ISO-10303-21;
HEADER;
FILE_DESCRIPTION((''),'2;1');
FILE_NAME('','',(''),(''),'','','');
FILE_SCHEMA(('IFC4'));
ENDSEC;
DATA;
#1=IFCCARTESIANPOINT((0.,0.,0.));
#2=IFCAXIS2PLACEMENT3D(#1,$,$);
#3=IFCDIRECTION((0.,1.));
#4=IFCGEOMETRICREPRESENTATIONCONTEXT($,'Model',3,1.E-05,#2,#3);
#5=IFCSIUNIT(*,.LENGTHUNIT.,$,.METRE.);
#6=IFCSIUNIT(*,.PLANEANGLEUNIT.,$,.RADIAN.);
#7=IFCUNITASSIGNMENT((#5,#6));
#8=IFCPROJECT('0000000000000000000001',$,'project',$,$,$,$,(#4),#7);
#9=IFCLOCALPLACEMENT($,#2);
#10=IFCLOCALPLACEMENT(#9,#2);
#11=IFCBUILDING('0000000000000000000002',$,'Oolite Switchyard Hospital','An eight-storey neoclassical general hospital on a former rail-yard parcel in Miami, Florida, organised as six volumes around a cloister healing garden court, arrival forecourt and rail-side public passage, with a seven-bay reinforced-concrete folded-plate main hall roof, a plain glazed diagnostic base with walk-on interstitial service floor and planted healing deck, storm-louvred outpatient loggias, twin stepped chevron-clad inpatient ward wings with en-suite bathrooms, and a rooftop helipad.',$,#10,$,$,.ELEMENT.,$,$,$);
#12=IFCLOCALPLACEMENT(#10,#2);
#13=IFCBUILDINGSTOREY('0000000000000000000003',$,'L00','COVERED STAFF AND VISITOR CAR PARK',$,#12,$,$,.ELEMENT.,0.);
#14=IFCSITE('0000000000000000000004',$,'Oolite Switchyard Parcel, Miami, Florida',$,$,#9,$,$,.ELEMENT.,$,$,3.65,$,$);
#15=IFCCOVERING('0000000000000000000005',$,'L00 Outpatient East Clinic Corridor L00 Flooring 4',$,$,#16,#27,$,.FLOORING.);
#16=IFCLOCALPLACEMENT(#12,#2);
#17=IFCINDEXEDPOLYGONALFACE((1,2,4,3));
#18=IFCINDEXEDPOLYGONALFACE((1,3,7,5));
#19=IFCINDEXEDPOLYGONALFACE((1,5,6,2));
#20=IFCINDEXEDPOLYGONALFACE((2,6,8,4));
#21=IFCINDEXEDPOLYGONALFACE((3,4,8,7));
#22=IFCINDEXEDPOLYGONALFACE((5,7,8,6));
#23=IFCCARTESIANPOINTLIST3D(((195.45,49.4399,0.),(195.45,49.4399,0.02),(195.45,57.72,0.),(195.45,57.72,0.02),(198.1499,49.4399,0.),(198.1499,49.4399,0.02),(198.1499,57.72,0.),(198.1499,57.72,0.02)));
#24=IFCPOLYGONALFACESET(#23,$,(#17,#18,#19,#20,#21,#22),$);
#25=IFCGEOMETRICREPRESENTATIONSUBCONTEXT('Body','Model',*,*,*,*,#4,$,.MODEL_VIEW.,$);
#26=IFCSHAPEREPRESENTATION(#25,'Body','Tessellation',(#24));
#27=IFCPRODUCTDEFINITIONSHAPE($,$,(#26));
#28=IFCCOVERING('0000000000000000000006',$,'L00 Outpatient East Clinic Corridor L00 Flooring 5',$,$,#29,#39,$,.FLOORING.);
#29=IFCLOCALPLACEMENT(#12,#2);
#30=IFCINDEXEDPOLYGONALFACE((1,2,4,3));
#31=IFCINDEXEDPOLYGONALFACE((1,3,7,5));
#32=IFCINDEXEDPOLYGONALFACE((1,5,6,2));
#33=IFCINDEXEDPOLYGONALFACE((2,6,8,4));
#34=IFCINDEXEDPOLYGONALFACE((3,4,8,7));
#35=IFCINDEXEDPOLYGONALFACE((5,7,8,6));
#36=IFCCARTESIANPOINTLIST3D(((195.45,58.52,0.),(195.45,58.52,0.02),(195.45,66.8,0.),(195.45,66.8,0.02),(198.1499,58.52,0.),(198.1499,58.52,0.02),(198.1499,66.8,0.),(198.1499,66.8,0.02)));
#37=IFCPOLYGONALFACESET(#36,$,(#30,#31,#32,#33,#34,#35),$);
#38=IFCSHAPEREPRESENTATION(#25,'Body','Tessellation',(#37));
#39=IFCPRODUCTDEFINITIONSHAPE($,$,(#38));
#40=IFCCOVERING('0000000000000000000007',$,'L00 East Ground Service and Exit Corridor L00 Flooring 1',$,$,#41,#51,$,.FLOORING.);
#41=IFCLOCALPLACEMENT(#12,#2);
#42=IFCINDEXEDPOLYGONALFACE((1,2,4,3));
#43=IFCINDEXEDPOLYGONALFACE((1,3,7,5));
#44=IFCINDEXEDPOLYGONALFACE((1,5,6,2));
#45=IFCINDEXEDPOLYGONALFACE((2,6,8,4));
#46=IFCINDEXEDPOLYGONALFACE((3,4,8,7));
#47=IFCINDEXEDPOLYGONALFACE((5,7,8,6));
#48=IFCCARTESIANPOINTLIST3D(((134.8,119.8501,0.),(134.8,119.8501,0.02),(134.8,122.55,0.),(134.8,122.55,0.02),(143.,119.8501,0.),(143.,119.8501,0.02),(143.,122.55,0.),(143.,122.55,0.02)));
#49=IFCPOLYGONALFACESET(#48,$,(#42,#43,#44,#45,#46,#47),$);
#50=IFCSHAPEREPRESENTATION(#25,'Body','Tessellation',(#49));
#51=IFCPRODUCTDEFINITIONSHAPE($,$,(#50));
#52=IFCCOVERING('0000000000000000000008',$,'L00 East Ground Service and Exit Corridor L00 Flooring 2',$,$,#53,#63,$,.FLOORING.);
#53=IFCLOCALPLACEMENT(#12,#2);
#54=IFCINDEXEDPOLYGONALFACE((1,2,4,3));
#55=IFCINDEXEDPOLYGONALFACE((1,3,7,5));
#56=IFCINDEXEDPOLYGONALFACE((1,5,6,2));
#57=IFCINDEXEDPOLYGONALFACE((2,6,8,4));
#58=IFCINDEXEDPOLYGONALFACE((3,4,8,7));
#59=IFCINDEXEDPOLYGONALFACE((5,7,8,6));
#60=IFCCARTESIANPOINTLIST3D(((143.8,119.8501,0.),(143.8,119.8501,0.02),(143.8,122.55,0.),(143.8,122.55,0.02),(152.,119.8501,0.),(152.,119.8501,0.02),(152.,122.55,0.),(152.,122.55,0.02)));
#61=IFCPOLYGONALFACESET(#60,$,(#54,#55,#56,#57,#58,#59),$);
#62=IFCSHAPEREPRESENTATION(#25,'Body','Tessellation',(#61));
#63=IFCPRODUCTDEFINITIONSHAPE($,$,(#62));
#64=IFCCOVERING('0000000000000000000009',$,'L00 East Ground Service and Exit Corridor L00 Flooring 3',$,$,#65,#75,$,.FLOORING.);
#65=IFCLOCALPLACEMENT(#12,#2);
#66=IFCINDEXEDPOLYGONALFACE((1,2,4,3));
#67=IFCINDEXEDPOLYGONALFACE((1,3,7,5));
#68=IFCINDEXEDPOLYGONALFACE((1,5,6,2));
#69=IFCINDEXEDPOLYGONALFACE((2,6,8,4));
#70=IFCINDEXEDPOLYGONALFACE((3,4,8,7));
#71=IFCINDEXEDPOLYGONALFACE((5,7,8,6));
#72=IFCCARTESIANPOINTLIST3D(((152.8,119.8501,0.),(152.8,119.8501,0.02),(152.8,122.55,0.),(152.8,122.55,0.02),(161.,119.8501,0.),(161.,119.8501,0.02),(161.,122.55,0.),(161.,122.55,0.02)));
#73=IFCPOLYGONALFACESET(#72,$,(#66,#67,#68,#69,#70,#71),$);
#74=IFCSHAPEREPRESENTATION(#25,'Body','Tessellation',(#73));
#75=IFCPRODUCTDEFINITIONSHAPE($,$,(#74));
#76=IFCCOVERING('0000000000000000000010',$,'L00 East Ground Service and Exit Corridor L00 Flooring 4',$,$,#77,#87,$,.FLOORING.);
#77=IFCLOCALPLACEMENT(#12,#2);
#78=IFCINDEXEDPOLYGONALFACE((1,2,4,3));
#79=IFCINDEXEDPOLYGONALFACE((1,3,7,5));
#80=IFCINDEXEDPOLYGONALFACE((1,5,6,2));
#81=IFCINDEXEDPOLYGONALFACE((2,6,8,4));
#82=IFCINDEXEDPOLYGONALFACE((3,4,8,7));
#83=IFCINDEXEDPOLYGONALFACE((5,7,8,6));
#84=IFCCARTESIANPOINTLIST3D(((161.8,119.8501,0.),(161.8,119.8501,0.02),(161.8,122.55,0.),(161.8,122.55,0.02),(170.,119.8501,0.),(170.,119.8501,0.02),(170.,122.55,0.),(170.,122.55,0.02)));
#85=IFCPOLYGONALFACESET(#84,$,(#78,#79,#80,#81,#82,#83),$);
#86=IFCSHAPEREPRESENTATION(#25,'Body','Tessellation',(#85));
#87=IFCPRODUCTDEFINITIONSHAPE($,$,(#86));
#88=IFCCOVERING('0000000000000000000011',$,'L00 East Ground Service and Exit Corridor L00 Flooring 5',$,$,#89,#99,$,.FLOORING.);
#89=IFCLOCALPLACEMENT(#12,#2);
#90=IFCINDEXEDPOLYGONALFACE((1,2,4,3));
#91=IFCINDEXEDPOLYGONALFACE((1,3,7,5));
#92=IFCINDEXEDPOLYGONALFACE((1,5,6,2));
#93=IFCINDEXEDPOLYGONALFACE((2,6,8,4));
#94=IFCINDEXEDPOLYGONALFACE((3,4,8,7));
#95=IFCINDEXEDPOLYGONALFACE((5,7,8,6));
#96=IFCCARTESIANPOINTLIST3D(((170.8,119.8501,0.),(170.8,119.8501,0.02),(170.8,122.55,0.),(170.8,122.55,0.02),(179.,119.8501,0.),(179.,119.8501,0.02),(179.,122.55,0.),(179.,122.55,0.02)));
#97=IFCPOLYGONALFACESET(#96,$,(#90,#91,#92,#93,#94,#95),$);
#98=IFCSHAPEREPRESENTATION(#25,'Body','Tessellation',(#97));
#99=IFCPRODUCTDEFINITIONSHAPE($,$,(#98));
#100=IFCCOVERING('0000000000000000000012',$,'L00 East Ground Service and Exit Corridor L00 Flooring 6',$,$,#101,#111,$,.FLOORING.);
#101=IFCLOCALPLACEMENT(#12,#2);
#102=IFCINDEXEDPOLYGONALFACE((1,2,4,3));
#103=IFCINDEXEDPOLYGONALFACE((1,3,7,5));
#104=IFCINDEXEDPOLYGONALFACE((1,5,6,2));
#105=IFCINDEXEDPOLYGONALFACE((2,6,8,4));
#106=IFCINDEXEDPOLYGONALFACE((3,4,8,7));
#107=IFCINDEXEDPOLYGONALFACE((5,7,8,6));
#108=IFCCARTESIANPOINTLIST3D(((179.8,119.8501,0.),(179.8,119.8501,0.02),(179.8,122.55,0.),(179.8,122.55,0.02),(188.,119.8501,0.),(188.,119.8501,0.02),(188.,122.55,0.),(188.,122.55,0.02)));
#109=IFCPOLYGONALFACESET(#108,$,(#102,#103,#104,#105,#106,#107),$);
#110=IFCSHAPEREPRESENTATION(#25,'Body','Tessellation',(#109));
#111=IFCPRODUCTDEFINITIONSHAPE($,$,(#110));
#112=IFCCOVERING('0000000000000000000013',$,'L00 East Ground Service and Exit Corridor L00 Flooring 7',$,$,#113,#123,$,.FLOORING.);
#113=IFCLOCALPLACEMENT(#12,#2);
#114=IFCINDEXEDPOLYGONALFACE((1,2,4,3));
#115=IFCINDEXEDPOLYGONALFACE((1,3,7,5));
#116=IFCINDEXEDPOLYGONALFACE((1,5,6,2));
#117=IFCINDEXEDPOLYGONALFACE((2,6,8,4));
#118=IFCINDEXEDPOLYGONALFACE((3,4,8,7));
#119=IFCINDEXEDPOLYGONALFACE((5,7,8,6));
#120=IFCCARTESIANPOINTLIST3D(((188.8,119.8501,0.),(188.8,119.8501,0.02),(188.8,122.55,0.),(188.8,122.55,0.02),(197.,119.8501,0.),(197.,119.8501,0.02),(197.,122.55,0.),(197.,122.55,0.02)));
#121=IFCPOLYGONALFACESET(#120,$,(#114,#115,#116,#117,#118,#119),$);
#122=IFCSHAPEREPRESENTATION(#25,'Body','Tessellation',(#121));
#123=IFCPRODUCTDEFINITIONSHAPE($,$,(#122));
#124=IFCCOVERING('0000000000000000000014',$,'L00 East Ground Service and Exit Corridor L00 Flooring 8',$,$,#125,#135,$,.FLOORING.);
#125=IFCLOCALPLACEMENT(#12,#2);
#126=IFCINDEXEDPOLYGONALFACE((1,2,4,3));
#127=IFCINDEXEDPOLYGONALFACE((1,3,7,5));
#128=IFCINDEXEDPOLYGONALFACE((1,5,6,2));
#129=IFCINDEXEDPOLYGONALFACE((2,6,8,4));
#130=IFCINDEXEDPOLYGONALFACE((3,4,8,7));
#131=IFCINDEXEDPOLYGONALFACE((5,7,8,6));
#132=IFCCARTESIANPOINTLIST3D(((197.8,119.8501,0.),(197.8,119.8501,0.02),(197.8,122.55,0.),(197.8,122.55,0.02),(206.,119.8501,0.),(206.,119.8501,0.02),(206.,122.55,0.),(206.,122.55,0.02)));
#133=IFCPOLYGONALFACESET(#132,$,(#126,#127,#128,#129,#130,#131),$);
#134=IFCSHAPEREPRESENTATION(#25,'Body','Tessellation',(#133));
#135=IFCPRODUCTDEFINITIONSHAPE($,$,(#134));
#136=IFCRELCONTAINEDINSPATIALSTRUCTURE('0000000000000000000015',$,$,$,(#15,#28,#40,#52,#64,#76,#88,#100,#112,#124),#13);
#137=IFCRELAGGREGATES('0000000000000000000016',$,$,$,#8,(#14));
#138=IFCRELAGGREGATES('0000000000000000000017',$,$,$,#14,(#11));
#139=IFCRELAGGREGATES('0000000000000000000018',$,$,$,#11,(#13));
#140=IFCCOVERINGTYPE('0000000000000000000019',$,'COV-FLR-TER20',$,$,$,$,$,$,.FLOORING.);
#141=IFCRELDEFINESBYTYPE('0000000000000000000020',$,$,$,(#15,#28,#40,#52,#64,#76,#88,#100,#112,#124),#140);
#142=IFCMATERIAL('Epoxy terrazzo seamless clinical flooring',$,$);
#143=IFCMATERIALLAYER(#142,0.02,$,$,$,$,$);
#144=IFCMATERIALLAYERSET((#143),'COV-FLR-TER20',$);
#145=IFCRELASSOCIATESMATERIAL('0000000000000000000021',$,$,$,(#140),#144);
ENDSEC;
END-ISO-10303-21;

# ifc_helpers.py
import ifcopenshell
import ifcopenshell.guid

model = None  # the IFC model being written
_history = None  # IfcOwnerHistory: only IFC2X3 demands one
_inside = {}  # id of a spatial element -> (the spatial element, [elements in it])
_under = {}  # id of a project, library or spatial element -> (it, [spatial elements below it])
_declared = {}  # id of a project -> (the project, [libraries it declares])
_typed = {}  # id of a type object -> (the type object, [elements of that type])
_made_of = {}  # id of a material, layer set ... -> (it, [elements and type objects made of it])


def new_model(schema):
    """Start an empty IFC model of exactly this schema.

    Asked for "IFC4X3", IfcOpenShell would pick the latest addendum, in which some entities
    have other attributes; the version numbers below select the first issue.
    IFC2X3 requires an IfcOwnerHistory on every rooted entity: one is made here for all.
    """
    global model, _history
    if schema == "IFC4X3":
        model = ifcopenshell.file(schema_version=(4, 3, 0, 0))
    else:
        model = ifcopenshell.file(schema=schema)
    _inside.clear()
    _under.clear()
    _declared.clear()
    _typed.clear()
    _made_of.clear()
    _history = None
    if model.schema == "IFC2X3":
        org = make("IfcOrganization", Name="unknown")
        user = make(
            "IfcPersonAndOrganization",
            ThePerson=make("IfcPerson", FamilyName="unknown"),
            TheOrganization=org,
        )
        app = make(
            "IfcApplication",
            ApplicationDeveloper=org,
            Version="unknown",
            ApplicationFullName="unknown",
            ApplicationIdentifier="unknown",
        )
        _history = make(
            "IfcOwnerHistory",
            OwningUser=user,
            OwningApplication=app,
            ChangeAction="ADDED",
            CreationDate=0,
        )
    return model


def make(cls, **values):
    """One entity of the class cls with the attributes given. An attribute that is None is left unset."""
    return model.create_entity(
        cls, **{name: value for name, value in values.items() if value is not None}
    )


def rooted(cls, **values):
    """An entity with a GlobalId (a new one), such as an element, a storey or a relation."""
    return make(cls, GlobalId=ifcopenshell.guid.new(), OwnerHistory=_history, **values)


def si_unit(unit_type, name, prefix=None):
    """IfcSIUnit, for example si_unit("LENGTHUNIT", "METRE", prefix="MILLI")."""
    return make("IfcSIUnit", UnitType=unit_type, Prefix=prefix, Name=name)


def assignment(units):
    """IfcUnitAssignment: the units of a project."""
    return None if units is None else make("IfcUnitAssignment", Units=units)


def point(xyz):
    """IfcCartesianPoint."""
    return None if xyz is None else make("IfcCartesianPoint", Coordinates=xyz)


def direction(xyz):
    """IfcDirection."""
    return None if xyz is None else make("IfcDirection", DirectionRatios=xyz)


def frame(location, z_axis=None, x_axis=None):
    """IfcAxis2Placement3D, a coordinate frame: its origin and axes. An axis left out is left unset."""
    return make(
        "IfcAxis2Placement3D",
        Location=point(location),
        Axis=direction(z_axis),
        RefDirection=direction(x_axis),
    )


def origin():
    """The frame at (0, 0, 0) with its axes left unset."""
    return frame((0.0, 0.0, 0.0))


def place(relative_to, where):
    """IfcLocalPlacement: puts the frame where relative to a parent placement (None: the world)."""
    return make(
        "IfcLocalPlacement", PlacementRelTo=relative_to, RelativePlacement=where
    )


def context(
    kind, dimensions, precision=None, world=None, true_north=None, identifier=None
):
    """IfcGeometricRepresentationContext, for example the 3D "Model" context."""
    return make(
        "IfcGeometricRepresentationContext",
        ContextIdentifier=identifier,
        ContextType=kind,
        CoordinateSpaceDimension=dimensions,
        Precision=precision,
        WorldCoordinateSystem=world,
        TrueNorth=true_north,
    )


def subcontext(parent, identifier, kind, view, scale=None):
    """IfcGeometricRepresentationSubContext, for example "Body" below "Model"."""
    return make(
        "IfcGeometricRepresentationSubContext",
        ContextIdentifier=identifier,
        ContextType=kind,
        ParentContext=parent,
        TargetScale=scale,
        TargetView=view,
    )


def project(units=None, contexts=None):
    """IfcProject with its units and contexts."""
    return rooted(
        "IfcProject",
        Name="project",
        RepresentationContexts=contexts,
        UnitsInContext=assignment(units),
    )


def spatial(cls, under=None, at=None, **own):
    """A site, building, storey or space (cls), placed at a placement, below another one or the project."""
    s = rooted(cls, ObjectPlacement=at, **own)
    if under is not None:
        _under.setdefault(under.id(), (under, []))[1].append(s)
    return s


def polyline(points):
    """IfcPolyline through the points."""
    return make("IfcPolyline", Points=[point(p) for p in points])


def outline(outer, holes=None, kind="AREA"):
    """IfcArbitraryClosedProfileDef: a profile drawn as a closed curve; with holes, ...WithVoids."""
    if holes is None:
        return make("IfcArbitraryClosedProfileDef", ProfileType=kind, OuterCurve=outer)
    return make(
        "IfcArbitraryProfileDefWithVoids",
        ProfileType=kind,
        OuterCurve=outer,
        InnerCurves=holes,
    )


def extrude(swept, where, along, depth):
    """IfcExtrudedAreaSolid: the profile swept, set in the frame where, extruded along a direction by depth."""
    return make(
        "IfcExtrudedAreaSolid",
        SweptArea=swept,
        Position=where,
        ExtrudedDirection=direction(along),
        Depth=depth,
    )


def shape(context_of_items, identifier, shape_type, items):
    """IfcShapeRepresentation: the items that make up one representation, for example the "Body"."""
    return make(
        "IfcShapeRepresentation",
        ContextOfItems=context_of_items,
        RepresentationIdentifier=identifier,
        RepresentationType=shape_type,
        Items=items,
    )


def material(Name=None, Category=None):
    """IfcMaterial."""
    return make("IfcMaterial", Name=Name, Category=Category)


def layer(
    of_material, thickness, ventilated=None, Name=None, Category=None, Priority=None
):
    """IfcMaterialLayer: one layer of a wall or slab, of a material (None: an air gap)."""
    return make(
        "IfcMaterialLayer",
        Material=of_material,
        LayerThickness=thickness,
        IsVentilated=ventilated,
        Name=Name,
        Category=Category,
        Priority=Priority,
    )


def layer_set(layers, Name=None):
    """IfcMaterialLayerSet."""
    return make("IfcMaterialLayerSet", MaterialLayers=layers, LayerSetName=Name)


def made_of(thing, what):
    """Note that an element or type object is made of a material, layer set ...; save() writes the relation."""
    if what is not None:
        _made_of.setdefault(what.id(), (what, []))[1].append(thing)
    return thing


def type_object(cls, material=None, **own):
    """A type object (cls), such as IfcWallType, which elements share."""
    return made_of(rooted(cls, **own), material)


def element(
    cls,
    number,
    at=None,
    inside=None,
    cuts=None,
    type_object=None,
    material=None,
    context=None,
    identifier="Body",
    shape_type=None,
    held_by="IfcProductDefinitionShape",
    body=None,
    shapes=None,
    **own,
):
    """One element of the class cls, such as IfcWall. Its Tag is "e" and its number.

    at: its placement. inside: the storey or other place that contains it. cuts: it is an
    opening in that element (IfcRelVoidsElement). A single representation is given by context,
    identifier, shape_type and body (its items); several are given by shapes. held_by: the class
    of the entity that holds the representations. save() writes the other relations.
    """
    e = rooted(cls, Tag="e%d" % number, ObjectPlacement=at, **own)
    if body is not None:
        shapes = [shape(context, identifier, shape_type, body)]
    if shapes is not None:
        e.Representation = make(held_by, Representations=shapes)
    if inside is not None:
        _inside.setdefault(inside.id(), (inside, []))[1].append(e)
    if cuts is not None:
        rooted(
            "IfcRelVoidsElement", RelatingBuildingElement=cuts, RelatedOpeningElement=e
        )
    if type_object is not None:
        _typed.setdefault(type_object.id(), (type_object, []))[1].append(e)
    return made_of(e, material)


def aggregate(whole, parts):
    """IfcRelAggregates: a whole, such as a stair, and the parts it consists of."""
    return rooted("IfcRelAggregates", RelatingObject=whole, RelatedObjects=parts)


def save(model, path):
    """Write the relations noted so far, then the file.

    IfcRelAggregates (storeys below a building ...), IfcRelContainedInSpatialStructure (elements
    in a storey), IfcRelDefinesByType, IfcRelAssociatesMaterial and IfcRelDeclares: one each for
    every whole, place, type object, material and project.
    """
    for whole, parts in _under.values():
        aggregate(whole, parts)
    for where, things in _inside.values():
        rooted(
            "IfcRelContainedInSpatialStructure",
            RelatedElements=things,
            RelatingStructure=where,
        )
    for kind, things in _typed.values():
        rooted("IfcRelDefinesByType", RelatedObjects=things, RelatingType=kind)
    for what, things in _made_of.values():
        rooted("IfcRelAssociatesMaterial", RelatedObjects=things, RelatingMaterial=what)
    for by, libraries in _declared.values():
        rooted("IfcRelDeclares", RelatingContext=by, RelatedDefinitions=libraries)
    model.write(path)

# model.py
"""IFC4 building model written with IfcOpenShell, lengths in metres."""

from ifc_helpers import new_model, si_unit, direction, origin, place, context, subcontext, project, spatial, polyline, outline, extrude, material, layer, layer_set, type_object, element, save


model = new_model("IFC4")

# Units and contexts
model_context = context("Model", 3, precision=1e-05, world=origin(), true_north=direction((0.0, 1.0)))
body_context = subcontext(model_context, "Body", "Model", "MODEL_VIEW")
ifc_project = project(units=[si_unit("LENGTHUNIT", "METRE"), si_unit("PLANEANGLEUNIT", "RADIAN")], contexts=[model_context])

# Site, building, storey
site_placement = place(None, origin())
site = spatial("IfcSite", under=ifc_project, at=site_placement, Name="Oolite Switchyard Parcel, Miami, Florida", CompositionType="ELEMENT", RefElevation=3.65)
building_placement = place(site_placement, origin())
building = spatial("IfcBuilding", under=site, at=building_placement, Name="Oolite Switchyard Hospital", Description="An eight-storey neoclassical general hospital on a former rail-yard parcel in Miami, Florida, organised as six volumes around a cloister healing garden court, arrival forecourt and rail-side public passage, with a seven-bay reinforced-concrete folded-plate main hall roof, a plain glazed diagnostic base with walk-on interstitial service floor and planted healing deck, storm-louvred outpatient loggias, twin stepped chevron-clad inpatient ward wings with en-suite bathrooms, and a rooftop helipad.", CompositionType="ELEMENT")
storey_placement = place(building_placement, origin())
storey = spatial("IfcBuildingStorey", under=building, at=storey_placement, Name="L00", Description="COVERED STAFF AND VISITOR CAR PARK", CompositionType="ELEMENT", Elevation=0.0)

# Coverings
ifc_material_1 = material(Name="Epoxy terrazzo seamless clinical flooring")
ifc_layer_1 = layer(ifc_material_1, 0.02)
ifc_layer_set_1 = layer_set([ifc_layer_1], Name="COV-FLR-TER20")
covering_type_1 = type_object("IfcCoveringType", Name="COV-FLR-TER20", PredefinedType="FLOORING", material=ifc_layer_set_1)
covering_1_placement = place(storey_placement, origin())
element("IfcCovering", 1, at=covering_1_placement, inside=storey, type_object=covering_type_1, Name="L00 Outpatient East Clinic Corridor L00 Flooring 4", PredefinedType="FLOORING", context=body_context, shape_type="SweptSolid", body=[
    extrude(outline(polyline([(195.45, 49.4399), (198.1499, 49.4399), (198.1499, 57.72), (195.45, 57.72), (195.45, 49.4399)])), origin(), (0.0, 0.0, 1.0), 0.02),
])
covering_2_placement = place(storey_placement, origin())
element("IfcCovering", 2, at=covering_2_placement, inside=storey, type_object=covering_type_1, Name="L00 Outpatient East Clinic Corridor L00 Flooring 5", PredefinedType="FLOORING", context=body_context, shape_type="SweptSolid", body=[
    extrude(outline(polyline([(195.45, 58.52), (198.1499, 58.52), (198.1499, 66.8), (195.45, 66.8), (195.45, 58.52)])), origin(), (0.0, 0.0, 1.0), 0.02),
])
covering_3_placement = place(storey_placement, origin())
element("IfcCovering", 3, at=covering_3_placement, inside=storey, type_object=covering_type_1, Name="L00 East Ground Service and Exit Corridor L00 Flooring 1", PredefinedType="FLOORING", context=body_context, shape_type="SweptSolid", body=[
    extrude(outline(polyline([(134.8, 119.8501), (143.0, 119.8501), (143.0, 122.55), (134.8, 122.55), (134.8, 119.8501)])), origin(), (0.0, 0.0, 1.0), 0.02),
])
covering_4_placement = place(storey_placement, origin())
element("IfcCovering", 4, at=covering_4_placement, inside=storey, type_object=covering_type_1, Name="L00 East Ground Service and Exit Corridor L00 Flooring 2", PredefinedType="FLOORING", context=body_context, shape_type="SweptSolid", body=[
    extrude(outline(polyline([(143.8, 119.8501), (152.0, 119.8501), (152.0, 122.55), (143.8, 122.55), (143.8, 119.8501)])), origin(), (0.0, 0.0, 1.0), 0.02),
])
covering_5_placement = place(storey_placement, origin())
element("IfcCovering", 5, at=covering_5_placement, inside=storey, type_object=covering_type_1, Name="L00 East Ground Service and Exit Corridor L00 Flooring 3", PredefinedType="FLOORING", context=body_context, shape_type="SweptSolid", body=[
    extrude(outline(polyline([(152.8, 119.8501), (161.0, 119.8501), (161.0, 122.55), (152.8, 122.55), (152.8, 119.8501)])), origin(), (0.0, 0.0, 1.0), 0.02),
])
covering_6_placement = place(storey_placement, origin())
element("IfcCovering", 6, at=covering_6_placement, inside=storey, type_object=covering_type_1, Name="L00 East Ground Service and Exit Corridor L00 Flooring 4", PredefinedType="FLOORING", context=body_context, shape_type="SweptSolid", body=[
    extrude(outline(polyline([(161.8, 119.8501), (170.0, 119.8501), (170.0, 122.55), (161.8, 122.55), (161.8, 119.8501)])), origin(), (0.0, 0.0, 1.0), 0.02),
])
covering_7_placement = place(storey_placement, origin())
element("IfcCovering", 7, at=covering_7_placement, inside=storey, type_object=covering_type_1, Name="L00 East Ground Service and Exit Corridor L00 Flooring 5", PredefinedType="FLOORING", context=body_context, shape_type="SweptSolid", body=[
    extrude(outline(polyline([(170.8, 119.8501), (179.0, 119.8501), (179.0, 122.55), (170.8, 122.55), (170.8, 119.8501)])), origin(), (0.0, 0.0, 1.0), 0.02),
])
covering_8_placement = place(storey_placement, origin())
element("IfcCovering", 8, at=covering_8_placement, inside=storey, type_object=covering_type_1, Name="L00 East Ground Service and Exit Corridor L00 Flooring 6", PredefinedType="FLOORING", context=body_context, shape_type="SweptSolid", body=[
    extrude(outline(polyline([(179.8, 119.8501), (188.0, 119.8501), (188.0, 122.55), (179.8, 122.55), (179.8, 119.8501)])), origin(), (0.0, 0.0, 1.0), 0.02),
])
covering_9_placement = place(storey_placement, origin())
element("IfcCovering", 9, at=covering_9_placement, inside=storey, type_object=covering_type_1, Name="L00 East Ground Service and Exit Corridor L00 Flooring 7", PredefinedType="FLOORING", context=body_context, shape_type="SweptSolid", body=[
    extrude(outline(polyline([(188.8, 119.8501), (197.0, 119.8501), (197.0, 122.55), (188.8, 122.55), (188.8, 119.8501)])), origin(), (0.0, 0.0, 1.0), 0.02),
])
covering_10_placement = place(storey_placement, origin())
element("IfcCovering", 10, at=covering_10_placement, inside=storey, type_object=covering_type_1, Name="L00 East Ground Service and Exit Corridor L00 Flooring 8", PredefinedType="FLOORING", context=body_context, shape_type="SweptSolid", body=[
    extrude(outline(polyline([(197.8, 119.8501), (206.0, 119.8501), (206.0, 122.55), (197.8, 122.55), (197.8, 119.8501)])), origin(), (0.0, 0.0, 1.0), 0.02),
])

save(model, "model.ifc")
